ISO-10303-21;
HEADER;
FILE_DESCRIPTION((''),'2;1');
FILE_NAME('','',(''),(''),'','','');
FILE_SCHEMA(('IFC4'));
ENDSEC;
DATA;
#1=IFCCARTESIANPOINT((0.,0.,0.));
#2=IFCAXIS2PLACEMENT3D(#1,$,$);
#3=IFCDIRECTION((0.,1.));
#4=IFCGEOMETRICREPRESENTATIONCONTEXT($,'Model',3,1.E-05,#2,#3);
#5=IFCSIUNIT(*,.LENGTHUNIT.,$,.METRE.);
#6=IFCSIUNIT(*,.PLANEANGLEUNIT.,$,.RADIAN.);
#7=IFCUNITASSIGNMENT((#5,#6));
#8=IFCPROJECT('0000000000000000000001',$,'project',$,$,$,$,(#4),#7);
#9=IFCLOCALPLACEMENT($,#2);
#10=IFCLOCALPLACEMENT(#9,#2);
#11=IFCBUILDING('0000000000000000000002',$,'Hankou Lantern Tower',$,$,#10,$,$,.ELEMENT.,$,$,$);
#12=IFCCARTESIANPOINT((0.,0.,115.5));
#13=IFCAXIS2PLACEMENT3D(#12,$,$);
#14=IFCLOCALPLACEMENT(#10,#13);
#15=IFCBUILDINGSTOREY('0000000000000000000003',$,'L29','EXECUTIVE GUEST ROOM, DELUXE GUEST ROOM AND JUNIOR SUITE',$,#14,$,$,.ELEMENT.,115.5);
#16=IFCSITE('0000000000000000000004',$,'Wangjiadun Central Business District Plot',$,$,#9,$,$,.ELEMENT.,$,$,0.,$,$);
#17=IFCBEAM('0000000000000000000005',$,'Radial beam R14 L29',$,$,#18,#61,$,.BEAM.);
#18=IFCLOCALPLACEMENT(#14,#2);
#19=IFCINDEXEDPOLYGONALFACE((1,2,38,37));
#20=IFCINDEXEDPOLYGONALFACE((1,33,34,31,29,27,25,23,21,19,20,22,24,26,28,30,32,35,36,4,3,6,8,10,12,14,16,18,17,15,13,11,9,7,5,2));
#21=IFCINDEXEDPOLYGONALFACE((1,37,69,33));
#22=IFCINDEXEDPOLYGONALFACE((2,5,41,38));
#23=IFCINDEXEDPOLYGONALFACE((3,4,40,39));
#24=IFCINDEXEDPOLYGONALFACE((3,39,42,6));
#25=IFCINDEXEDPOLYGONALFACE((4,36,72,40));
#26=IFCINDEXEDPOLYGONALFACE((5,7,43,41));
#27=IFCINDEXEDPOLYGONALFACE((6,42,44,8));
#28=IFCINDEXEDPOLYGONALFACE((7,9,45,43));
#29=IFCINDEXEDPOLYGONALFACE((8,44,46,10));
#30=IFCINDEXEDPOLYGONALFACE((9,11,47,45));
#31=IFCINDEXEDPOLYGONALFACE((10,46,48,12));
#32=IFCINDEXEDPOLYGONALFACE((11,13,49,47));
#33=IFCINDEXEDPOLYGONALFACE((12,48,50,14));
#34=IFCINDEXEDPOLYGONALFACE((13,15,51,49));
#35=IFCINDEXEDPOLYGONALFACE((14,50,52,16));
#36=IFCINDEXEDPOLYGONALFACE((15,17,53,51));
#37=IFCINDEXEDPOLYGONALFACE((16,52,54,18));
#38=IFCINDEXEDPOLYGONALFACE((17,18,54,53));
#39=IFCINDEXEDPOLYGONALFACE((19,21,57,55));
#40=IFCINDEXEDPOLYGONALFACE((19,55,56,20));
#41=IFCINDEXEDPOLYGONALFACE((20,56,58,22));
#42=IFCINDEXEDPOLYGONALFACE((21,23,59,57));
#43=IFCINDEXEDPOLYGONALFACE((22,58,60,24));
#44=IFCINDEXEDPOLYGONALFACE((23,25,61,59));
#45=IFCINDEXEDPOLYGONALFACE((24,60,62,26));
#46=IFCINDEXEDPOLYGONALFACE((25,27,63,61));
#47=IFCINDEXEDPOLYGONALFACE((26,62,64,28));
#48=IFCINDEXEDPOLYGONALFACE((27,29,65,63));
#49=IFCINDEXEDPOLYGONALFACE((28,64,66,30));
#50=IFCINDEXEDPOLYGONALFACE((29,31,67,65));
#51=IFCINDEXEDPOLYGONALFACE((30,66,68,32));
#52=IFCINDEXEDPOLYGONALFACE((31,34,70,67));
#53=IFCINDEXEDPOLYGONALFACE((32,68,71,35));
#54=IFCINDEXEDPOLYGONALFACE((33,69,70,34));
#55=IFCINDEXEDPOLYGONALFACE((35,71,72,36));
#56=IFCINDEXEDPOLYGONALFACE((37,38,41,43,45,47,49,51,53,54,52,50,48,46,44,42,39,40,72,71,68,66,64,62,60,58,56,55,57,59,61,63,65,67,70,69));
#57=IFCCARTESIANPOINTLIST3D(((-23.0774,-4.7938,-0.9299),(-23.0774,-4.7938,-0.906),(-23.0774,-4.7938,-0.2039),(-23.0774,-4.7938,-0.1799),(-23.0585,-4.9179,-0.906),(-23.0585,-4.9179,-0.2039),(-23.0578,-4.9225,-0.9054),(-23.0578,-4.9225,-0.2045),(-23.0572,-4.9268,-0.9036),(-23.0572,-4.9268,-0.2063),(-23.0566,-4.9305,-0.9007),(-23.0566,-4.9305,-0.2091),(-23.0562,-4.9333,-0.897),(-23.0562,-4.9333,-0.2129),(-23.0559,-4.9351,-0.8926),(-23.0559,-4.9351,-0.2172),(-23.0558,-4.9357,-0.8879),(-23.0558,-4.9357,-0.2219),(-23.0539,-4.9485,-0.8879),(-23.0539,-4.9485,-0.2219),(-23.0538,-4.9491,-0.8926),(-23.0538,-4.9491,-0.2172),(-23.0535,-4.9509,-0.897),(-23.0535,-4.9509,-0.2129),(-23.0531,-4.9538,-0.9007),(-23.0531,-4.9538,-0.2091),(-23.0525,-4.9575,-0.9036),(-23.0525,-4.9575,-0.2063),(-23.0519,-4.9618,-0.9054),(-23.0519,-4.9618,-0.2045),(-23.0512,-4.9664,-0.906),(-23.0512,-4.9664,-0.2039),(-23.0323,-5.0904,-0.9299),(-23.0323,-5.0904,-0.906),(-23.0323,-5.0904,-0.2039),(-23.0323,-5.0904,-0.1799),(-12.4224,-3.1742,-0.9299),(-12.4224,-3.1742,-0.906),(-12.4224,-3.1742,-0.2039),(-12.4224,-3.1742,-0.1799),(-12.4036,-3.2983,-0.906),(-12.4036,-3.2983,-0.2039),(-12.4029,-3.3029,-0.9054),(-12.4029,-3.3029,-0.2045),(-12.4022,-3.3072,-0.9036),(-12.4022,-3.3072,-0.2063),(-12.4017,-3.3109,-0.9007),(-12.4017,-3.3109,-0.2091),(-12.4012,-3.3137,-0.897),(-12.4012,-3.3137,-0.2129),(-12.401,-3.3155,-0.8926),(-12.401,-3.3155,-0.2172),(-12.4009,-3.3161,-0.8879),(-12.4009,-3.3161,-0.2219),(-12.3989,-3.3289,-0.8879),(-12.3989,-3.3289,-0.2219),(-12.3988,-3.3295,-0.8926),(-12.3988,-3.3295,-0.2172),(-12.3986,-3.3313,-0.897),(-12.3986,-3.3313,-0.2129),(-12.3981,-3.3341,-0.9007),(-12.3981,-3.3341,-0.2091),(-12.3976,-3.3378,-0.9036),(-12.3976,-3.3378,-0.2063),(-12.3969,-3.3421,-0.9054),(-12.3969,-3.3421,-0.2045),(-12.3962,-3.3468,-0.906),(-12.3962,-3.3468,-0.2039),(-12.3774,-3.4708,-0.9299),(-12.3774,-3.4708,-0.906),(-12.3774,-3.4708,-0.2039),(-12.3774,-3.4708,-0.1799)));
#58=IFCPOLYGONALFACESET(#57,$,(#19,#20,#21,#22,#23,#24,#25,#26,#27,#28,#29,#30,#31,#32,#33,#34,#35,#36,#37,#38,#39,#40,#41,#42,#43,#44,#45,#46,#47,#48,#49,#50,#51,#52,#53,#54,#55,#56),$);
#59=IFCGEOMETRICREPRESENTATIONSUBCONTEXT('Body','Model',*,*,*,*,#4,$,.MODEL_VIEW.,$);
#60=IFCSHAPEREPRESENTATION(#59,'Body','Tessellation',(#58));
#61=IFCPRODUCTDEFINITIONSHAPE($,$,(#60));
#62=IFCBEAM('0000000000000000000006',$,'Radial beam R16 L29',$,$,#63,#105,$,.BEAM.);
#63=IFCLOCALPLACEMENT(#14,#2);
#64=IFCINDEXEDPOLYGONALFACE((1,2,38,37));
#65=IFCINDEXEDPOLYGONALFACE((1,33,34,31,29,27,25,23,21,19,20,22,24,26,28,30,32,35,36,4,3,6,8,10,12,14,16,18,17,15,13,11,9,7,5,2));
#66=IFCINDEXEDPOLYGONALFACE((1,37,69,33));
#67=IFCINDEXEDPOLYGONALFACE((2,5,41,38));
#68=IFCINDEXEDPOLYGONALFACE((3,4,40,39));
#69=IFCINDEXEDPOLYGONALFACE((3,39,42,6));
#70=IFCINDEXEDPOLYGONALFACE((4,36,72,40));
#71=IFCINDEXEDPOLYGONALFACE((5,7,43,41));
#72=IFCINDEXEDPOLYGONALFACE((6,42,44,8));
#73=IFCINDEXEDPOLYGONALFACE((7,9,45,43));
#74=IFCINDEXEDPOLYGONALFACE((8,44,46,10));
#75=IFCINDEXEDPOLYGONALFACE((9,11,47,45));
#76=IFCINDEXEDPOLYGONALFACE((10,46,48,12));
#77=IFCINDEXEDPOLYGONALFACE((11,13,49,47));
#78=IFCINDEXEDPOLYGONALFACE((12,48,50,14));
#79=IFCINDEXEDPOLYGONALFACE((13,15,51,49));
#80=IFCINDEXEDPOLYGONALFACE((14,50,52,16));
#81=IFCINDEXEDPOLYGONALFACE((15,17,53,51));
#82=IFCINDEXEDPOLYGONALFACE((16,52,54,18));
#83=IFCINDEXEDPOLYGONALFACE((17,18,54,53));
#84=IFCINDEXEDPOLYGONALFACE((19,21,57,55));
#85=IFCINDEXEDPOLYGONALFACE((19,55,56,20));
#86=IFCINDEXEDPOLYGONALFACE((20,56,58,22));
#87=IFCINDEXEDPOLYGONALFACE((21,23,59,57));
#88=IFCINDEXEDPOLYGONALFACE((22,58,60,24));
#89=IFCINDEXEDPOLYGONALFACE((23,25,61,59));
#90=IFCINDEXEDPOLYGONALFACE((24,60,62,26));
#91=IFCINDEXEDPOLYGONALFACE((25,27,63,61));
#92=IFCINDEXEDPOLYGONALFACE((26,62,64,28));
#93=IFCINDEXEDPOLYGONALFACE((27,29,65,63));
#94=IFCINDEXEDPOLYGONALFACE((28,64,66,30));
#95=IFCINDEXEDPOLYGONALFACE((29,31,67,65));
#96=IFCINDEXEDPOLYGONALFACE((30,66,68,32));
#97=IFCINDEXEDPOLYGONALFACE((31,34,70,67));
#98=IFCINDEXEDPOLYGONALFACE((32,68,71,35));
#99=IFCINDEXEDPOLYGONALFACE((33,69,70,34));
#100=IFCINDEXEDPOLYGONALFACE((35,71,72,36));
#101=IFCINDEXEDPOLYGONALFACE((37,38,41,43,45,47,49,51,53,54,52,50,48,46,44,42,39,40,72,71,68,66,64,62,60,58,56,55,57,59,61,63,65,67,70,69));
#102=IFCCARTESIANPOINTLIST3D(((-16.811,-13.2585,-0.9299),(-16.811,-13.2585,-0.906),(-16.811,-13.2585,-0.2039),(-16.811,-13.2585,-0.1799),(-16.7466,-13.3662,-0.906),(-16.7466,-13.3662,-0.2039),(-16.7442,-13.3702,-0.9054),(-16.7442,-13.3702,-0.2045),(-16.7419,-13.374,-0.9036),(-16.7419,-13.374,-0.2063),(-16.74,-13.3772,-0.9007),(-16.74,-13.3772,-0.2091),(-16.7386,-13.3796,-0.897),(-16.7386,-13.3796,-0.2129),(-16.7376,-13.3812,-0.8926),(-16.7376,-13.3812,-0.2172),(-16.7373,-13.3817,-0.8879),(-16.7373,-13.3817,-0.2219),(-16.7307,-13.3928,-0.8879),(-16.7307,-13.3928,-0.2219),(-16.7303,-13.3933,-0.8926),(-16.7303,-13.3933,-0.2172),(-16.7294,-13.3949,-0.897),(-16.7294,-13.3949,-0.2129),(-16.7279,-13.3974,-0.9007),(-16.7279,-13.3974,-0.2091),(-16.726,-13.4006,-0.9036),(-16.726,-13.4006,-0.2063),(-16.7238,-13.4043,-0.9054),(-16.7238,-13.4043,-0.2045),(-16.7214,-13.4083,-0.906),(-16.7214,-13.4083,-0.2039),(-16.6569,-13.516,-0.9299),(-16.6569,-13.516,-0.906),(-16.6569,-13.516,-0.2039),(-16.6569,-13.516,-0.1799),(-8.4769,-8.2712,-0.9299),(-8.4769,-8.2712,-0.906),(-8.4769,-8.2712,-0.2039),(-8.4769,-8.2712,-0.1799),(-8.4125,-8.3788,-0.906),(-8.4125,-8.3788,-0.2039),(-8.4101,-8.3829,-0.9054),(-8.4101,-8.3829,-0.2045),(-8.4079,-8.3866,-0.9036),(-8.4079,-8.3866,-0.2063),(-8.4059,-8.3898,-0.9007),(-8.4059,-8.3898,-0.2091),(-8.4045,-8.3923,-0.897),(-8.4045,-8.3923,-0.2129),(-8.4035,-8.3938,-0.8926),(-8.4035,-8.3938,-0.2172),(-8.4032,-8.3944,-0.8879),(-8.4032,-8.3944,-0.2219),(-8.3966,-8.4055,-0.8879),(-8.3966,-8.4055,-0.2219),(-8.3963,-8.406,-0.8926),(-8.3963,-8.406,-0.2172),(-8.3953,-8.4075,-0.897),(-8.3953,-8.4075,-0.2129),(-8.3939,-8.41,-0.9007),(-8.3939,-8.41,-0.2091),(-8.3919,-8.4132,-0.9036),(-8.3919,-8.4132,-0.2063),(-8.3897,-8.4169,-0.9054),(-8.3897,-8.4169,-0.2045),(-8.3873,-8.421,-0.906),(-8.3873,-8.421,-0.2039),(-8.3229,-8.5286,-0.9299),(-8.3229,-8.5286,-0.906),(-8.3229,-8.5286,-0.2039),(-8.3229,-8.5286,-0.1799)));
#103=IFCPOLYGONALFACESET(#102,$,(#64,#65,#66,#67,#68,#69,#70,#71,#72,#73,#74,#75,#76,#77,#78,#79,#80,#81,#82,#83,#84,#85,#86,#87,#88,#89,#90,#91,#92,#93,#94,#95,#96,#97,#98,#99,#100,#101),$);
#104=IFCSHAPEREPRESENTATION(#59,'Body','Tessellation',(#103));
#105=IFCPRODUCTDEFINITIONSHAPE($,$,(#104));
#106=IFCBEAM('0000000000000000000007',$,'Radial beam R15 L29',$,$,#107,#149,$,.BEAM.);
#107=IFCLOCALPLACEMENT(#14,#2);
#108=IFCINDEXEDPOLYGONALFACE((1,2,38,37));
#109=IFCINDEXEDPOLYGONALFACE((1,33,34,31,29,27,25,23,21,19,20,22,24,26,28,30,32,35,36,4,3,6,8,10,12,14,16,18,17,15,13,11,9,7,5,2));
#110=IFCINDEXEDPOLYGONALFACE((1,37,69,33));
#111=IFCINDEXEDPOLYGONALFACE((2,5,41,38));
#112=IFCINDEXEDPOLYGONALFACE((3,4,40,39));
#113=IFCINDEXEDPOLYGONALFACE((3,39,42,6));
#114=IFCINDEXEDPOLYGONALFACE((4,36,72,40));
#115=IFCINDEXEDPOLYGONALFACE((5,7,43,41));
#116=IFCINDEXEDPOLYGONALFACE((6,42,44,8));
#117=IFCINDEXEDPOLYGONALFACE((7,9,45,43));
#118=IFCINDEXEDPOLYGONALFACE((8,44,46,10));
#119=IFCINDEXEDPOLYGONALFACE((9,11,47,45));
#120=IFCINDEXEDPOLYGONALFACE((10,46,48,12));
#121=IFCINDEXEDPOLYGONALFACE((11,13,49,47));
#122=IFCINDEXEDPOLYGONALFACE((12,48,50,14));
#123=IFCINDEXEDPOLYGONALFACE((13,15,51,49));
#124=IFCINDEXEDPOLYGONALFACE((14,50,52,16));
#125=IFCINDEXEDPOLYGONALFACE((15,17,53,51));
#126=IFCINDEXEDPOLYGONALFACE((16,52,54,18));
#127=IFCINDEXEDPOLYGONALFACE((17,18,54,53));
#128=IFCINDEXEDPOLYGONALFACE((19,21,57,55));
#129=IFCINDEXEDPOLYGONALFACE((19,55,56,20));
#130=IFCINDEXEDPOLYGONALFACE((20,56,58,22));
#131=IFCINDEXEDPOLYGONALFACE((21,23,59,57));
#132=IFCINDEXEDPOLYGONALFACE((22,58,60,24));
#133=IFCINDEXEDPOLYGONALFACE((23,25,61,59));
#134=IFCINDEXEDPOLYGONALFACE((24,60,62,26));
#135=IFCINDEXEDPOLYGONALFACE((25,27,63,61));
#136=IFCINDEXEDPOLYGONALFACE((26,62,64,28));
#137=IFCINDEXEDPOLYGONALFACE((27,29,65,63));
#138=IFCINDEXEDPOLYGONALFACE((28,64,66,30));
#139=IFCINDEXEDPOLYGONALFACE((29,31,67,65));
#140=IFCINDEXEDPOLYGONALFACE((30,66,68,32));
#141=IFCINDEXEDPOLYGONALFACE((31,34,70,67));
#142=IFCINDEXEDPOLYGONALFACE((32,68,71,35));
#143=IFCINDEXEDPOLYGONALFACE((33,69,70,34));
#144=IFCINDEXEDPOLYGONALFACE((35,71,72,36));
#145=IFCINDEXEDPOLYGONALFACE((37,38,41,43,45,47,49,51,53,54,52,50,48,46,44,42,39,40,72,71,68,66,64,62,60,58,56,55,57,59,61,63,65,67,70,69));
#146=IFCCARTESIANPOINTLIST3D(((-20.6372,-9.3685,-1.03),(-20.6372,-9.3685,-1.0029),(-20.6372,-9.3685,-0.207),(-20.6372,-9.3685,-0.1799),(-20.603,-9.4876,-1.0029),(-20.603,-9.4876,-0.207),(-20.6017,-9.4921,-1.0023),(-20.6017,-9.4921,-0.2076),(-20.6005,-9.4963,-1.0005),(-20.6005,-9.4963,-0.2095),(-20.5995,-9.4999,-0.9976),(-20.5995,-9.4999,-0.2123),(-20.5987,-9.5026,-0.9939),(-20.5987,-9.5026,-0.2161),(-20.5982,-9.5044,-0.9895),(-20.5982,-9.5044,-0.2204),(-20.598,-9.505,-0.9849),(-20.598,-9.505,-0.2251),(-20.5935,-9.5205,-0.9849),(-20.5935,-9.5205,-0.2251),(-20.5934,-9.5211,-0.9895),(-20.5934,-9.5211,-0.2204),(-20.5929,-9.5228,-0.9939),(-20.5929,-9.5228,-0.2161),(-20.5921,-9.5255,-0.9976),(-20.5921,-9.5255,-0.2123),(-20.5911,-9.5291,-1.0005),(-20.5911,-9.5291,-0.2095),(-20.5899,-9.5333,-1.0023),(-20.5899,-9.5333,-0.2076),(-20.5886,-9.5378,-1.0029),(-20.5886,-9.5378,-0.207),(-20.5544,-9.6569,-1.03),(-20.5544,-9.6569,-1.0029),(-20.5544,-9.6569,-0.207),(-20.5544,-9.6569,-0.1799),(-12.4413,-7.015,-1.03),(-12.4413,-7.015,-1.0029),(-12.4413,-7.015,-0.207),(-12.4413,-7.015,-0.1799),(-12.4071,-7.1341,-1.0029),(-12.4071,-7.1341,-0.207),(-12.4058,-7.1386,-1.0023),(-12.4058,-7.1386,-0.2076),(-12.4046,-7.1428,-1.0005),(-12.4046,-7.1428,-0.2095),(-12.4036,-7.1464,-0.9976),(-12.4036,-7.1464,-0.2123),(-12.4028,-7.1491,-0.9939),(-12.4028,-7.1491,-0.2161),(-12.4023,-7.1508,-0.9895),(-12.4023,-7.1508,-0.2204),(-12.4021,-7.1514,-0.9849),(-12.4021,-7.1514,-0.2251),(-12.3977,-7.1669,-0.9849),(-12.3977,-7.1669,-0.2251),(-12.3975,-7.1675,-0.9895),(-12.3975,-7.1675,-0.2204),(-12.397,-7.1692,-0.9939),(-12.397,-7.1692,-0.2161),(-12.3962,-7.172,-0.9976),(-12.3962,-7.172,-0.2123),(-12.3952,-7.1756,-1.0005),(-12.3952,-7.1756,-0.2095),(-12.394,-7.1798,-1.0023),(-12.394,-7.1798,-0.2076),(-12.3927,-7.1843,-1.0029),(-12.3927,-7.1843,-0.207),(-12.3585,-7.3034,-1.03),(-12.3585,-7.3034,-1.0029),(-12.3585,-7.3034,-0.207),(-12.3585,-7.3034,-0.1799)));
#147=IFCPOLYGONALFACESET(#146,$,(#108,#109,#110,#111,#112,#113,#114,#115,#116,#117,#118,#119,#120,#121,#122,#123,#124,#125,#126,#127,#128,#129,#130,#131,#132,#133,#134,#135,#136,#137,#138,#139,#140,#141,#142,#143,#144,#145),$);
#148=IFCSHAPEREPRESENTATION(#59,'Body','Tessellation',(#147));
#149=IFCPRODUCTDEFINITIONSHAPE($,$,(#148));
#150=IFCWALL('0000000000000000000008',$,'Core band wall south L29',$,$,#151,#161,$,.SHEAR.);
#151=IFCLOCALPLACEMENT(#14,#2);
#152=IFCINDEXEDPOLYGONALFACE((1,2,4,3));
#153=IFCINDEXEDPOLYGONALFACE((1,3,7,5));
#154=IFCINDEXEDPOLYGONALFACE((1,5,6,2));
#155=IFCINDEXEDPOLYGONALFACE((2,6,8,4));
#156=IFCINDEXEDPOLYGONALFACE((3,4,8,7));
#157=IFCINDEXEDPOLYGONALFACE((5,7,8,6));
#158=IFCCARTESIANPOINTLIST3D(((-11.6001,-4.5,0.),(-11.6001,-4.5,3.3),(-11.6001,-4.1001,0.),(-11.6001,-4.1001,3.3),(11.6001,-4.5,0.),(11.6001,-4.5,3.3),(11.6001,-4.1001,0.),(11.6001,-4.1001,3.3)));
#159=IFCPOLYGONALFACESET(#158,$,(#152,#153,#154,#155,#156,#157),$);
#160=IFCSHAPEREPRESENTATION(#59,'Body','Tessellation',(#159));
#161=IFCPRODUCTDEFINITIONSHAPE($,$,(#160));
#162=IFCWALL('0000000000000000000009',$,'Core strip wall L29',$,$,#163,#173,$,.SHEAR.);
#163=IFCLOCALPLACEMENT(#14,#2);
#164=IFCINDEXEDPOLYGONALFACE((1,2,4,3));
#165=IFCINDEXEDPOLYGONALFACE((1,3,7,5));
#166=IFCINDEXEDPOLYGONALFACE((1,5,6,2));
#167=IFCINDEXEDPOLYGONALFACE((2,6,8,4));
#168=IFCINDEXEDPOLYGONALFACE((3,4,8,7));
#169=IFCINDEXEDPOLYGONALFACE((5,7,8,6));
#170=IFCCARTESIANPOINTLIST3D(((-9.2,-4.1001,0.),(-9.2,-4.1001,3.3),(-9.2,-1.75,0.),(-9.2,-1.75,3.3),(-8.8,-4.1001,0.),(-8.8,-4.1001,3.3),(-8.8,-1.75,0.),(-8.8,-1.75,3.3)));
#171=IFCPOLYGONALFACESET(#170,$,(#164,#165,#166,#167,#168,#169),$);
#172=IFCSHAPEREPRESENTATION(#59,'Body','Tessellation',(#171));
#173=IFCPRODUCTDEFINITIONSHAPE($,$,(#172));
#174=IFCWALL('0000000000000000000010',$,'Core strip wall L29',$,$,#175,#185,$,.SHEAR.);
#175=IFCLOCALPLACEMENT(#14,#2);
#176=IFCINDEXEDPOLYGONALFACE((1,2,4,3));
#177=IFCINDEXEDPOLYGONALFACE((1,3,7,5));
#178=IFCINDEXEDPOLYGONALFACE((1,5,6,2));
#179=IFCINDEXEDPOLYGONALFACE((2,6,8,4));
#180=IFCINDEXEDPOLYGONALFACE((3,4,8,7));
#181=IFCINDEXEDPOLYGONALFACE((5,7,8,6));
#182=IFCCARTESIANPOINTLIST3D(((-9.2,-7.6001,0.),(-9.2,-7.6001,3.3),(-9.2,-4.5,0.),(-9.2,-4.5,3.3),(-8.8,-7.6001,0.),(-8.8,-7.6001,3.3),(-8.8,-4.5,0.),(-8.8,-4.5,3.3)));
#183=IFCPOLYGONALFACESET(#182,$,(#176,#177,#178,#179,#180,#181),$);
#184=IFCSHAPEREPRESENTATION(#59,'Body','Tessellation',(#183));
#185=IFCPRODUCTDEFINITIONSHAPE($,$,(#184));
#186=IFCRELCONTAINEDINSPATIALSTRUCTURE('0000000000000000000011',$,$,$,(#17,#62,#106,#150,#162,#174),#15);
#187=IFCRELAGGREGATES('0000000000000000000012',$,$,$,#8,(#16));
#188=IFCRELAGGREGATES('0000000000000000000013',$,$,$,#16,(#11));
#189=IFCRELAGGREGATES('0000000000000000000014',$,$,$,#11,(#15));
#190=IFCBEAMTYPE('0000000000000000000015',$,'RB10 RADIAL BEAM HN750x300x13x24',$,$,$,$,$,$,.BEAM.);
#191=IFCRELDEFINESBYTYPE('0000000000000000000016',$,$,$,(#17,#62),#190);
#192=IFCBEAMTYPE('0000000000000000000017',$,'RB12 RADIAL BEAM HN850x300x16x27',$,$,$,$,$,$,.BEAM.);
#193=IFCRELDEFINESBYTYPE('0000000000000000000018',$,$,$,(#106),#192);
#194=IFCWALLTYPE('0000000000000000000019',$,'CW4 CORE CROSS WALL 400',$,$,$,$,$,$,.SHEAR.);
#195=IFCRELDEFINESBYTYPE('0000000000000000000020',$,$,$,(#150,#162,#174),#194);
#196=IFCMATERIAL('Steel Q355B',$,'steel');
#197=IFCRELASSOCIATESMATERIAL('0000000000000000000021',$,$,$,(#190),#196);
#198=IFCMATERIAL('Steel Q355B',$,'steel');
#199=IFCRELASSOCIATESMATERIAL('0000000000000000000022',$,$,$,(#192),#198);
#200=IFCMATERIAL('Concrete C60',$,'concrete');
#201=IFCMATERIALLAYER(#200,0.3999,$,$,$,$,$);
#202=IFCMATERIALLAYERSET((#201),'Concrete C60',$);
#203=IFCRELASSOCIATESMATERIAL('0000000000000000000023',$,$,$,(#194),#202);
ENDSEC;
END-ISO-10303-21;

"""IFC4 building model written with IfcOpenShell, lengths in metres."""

from ifc_helpers import new_model, si_unit, direction, frame, frame_2d, origin, origin_2d, place, context, subcontext, project, spatial, rectangle, i_section, extrude, material, layer, layer_set, material_profile, profile_set, type_object, element, save


model = new_model("IFC4")

# Units and contexts
model_context = context("Model", 3, precision=1e-05, world=origin(), true_north=direction((0.0, 1.0)))
body_context = subcontext(model_context, "Body", "Model", "MODEL_VIEW")
ifc_project = project(units=[si_unit("LENGTHUNIT", "METRE"), si_unit("PLANEANGLEUNIT", "RADIAN")], contexts=[model_context])

# Site, building, storey
site_placement = place(None, origin())
site = spatial("IfcSite", under=ifc_project, at=site_placement, Name="Wangjiadun Central Business District Plot", CompositionType="ELEMENT", RefElevation=0.0)
building_placement = place(site_placement, origin())
building = spatial("IfcBuilding", under=site, at=building_placement, Name="Hankou Lantern Tower", CompositionType="ELEMENT")
storey_placement = place(building_placement, frame((0.0, 0.0, 115.5)))
storey = spatial("IfcBuildingStorey", under=building, at=storey_placement, Name="L29", Description="EXECUTIVE GUEST ROOM, DELUXE GUEST ROOM AND JUNIOR SUITE", CompositionType="ELEMENT", Elevation=115.5)

# Beams
ifc_material_1 = material(Name="Steel Q355B", Category="steel")
ifc_material_profile_1 = material_profile(ifc_material_1, i_section(OverallWidth=0.3, OverallDepth=0.75, WebThickness=0.0129, FlangeThickness=0.0239, FilletRadius=0.0181, at=origin_2d()), Name="HN750x300x13x24")
ifc_profile_set_1 = profile_set([ifc_material_profile_1], Name="Steel Q355B")
beam_type_1 = type_object("IfcBeamType", Name="RB10 RADIAL BEAM HN750x300x13x24", PredefinedType="BEAM", material=ifc_profile_set_1)
beam_1_placement = place(storey_placement, frame((-12.3999, -3.3225, -0.5549), z_axis=(-0.988644, -0.15028, 0.0), x_axis=(0.15028, -0.988644, 0.0)))
element("IfcBeam", 1, at=beam_1_placement, inside=storey, type_object=beam_type_1, Name="Radial beam R14 L29", PredefinedType="BEAM", context=body_context, shape_type="SweptSolid", body=[
    extrude(i_section(OverallWidth=0.3, OverallDepth=0.75, WebThickness=0.0129, FlangeThickness=0.0239, FilletRadius=0.0181, at=origin_2d()), origin(), (0.0, 0.0, 1.0), 10.7773),
])
beam_2_placement = place(storey_placement, frame((-8.3999, -8.3999, -0.5549), z_axis=(-0.858087, -0.513505, 0.0), x_axis=(0.513505, -0.858087, 0.0)))
element("IfcBeam", 2, at=beam_2_placement, inside=storey, type_object=beam_type_1, Name="Radial beam R16 L29", PredefinedType="BEAM", context=body_context, shape_type="SweptSolid", body=[
    extrude(i_section(OverallWidth=0.3, OverallDepth=0.75, WebThickness=0.0129, FlangeThickness=0.0239, FilletRadius=0.0181, at=origin_2d()), origin(), (0.0, 0.0, 1.0), 9.7124),
])
ifc_material_2 = material(Name="Steel Q355B", Category="steel")
ifc_material_profile_2 = material_profile(ifc_material_2, i_section(OverallWidth=0.3, OverallDepth=0.8501, WebThickness=0.0161, FlangeThickness=0.0271, FilletRadius=0.0181, at=origin_2d()), Name="HN850x300x16x27")
ifc_profile_set_2 = profile_set([ifc_material_profile_2], Name="Steel Q355B")
beam_type_2 = type_object("IfcBeamType", Name="RB12 RADIAL BEAM HN850x300x16x27", PredefinedType="BEAM", material=ifc_profile_set_2)
beam_3_placement = place(storey_placement, frame((-12.3999, -7.1592, -0.605), z_axis=(-0.961156, -0.276007, 0.0), x_axis=(0.276007, -0.961156, 0.0)))
element("IfcBeam", 3, at=beam_3_placement, inside=storey, type_object=beam_type_2, Name="Radial beam R15 L29", PredefinedType="BEAM", context=body_context, shape_type="SweptSolid", body=[
    extrude(i_section(OverallWidth=0.3, OverallDepth=0.8501, WebThickness=0.0161, FlangeThickness=0.0271, FilletRadius=0.0181, at=origin_2d()), origin(), (0.0, 0.0, 1.0), 8.5271),
])

# Walls
ifc_material_3 = material(Name="Concrete C60", Category="concrete")
ifc_layer_1 = layer(ifc_material_3, 0.3999)
ifc_layer_set_1 = layer_set([ifc_layer_1], Name="Concrete C60")
wall_type_1 = type_object("IfcWallType", Name="CW4 CORE CROSS WALL 400", PredefinedType="SHEAR", material=ifc_layer_set_1)
wall_1_placement = place(storey_placement, frame((-11.6001, -4.3, 0.0), z_axis=(0.0, 0.0, 1.0), x_axis=(1.0, 0.0, 0.0)))
element("IfcWall", 4, at=wall_1_placement, inside=storey, type_object=wall_type_1, Name="Core band wall south L29", PredefinedType="SHEAR", context=body_context, shape_type="SweptSolid", body=[
    extrude(rectangle(XDim=23.2002, YDim=0.3999, at=frame_2d((11.6001, 0.0))), origin(), (0.0, 0.0, 1.0), 3.3),
])
wall_2_placement = place(storey_placement, frame((-9.0, -4.1001, 0.0), z_axis=(0.0, 0.0, 1.0), x_axis=(0.0, 1.0, 0.0)))
element("IfcWall", 5, at=wall_2_placement, inside=storey, type_object=wall_type_1, Name="Core strip wall L29", PredefinedType="SHEAR", context=body_context, shape_type="SweptSolid", body=[
    extrude(rectangle(XDim=2.3501, YDim=0.3999, at=frame_2d((1.175, 0.0))), origin(), (0.0, 0.0, 1.0), 3.3),
])
wall_3_placement = place(storey_placement, frame((-9.0, -7.6001, 0.0), z_axis=(0.0, 0.0, 1.0), x_axis=(0.0, 1.0, 0.0)))
element("IfcWall", 6, at=wall_3_placement, inside=storey, type_object=wall_type_1, Name="Core strip wall L29", PredefinedType="SHEAR", context=body_context, shape_type="SweptSolid", body=[
    extrude(rectangle(XDim=3.1001, YDim=0.3999, at=frame_2d((1.55, 0.0))), origin(), (0.0, 0.0, 1.0), 3.3),
])

save(model, "model.ifc")
